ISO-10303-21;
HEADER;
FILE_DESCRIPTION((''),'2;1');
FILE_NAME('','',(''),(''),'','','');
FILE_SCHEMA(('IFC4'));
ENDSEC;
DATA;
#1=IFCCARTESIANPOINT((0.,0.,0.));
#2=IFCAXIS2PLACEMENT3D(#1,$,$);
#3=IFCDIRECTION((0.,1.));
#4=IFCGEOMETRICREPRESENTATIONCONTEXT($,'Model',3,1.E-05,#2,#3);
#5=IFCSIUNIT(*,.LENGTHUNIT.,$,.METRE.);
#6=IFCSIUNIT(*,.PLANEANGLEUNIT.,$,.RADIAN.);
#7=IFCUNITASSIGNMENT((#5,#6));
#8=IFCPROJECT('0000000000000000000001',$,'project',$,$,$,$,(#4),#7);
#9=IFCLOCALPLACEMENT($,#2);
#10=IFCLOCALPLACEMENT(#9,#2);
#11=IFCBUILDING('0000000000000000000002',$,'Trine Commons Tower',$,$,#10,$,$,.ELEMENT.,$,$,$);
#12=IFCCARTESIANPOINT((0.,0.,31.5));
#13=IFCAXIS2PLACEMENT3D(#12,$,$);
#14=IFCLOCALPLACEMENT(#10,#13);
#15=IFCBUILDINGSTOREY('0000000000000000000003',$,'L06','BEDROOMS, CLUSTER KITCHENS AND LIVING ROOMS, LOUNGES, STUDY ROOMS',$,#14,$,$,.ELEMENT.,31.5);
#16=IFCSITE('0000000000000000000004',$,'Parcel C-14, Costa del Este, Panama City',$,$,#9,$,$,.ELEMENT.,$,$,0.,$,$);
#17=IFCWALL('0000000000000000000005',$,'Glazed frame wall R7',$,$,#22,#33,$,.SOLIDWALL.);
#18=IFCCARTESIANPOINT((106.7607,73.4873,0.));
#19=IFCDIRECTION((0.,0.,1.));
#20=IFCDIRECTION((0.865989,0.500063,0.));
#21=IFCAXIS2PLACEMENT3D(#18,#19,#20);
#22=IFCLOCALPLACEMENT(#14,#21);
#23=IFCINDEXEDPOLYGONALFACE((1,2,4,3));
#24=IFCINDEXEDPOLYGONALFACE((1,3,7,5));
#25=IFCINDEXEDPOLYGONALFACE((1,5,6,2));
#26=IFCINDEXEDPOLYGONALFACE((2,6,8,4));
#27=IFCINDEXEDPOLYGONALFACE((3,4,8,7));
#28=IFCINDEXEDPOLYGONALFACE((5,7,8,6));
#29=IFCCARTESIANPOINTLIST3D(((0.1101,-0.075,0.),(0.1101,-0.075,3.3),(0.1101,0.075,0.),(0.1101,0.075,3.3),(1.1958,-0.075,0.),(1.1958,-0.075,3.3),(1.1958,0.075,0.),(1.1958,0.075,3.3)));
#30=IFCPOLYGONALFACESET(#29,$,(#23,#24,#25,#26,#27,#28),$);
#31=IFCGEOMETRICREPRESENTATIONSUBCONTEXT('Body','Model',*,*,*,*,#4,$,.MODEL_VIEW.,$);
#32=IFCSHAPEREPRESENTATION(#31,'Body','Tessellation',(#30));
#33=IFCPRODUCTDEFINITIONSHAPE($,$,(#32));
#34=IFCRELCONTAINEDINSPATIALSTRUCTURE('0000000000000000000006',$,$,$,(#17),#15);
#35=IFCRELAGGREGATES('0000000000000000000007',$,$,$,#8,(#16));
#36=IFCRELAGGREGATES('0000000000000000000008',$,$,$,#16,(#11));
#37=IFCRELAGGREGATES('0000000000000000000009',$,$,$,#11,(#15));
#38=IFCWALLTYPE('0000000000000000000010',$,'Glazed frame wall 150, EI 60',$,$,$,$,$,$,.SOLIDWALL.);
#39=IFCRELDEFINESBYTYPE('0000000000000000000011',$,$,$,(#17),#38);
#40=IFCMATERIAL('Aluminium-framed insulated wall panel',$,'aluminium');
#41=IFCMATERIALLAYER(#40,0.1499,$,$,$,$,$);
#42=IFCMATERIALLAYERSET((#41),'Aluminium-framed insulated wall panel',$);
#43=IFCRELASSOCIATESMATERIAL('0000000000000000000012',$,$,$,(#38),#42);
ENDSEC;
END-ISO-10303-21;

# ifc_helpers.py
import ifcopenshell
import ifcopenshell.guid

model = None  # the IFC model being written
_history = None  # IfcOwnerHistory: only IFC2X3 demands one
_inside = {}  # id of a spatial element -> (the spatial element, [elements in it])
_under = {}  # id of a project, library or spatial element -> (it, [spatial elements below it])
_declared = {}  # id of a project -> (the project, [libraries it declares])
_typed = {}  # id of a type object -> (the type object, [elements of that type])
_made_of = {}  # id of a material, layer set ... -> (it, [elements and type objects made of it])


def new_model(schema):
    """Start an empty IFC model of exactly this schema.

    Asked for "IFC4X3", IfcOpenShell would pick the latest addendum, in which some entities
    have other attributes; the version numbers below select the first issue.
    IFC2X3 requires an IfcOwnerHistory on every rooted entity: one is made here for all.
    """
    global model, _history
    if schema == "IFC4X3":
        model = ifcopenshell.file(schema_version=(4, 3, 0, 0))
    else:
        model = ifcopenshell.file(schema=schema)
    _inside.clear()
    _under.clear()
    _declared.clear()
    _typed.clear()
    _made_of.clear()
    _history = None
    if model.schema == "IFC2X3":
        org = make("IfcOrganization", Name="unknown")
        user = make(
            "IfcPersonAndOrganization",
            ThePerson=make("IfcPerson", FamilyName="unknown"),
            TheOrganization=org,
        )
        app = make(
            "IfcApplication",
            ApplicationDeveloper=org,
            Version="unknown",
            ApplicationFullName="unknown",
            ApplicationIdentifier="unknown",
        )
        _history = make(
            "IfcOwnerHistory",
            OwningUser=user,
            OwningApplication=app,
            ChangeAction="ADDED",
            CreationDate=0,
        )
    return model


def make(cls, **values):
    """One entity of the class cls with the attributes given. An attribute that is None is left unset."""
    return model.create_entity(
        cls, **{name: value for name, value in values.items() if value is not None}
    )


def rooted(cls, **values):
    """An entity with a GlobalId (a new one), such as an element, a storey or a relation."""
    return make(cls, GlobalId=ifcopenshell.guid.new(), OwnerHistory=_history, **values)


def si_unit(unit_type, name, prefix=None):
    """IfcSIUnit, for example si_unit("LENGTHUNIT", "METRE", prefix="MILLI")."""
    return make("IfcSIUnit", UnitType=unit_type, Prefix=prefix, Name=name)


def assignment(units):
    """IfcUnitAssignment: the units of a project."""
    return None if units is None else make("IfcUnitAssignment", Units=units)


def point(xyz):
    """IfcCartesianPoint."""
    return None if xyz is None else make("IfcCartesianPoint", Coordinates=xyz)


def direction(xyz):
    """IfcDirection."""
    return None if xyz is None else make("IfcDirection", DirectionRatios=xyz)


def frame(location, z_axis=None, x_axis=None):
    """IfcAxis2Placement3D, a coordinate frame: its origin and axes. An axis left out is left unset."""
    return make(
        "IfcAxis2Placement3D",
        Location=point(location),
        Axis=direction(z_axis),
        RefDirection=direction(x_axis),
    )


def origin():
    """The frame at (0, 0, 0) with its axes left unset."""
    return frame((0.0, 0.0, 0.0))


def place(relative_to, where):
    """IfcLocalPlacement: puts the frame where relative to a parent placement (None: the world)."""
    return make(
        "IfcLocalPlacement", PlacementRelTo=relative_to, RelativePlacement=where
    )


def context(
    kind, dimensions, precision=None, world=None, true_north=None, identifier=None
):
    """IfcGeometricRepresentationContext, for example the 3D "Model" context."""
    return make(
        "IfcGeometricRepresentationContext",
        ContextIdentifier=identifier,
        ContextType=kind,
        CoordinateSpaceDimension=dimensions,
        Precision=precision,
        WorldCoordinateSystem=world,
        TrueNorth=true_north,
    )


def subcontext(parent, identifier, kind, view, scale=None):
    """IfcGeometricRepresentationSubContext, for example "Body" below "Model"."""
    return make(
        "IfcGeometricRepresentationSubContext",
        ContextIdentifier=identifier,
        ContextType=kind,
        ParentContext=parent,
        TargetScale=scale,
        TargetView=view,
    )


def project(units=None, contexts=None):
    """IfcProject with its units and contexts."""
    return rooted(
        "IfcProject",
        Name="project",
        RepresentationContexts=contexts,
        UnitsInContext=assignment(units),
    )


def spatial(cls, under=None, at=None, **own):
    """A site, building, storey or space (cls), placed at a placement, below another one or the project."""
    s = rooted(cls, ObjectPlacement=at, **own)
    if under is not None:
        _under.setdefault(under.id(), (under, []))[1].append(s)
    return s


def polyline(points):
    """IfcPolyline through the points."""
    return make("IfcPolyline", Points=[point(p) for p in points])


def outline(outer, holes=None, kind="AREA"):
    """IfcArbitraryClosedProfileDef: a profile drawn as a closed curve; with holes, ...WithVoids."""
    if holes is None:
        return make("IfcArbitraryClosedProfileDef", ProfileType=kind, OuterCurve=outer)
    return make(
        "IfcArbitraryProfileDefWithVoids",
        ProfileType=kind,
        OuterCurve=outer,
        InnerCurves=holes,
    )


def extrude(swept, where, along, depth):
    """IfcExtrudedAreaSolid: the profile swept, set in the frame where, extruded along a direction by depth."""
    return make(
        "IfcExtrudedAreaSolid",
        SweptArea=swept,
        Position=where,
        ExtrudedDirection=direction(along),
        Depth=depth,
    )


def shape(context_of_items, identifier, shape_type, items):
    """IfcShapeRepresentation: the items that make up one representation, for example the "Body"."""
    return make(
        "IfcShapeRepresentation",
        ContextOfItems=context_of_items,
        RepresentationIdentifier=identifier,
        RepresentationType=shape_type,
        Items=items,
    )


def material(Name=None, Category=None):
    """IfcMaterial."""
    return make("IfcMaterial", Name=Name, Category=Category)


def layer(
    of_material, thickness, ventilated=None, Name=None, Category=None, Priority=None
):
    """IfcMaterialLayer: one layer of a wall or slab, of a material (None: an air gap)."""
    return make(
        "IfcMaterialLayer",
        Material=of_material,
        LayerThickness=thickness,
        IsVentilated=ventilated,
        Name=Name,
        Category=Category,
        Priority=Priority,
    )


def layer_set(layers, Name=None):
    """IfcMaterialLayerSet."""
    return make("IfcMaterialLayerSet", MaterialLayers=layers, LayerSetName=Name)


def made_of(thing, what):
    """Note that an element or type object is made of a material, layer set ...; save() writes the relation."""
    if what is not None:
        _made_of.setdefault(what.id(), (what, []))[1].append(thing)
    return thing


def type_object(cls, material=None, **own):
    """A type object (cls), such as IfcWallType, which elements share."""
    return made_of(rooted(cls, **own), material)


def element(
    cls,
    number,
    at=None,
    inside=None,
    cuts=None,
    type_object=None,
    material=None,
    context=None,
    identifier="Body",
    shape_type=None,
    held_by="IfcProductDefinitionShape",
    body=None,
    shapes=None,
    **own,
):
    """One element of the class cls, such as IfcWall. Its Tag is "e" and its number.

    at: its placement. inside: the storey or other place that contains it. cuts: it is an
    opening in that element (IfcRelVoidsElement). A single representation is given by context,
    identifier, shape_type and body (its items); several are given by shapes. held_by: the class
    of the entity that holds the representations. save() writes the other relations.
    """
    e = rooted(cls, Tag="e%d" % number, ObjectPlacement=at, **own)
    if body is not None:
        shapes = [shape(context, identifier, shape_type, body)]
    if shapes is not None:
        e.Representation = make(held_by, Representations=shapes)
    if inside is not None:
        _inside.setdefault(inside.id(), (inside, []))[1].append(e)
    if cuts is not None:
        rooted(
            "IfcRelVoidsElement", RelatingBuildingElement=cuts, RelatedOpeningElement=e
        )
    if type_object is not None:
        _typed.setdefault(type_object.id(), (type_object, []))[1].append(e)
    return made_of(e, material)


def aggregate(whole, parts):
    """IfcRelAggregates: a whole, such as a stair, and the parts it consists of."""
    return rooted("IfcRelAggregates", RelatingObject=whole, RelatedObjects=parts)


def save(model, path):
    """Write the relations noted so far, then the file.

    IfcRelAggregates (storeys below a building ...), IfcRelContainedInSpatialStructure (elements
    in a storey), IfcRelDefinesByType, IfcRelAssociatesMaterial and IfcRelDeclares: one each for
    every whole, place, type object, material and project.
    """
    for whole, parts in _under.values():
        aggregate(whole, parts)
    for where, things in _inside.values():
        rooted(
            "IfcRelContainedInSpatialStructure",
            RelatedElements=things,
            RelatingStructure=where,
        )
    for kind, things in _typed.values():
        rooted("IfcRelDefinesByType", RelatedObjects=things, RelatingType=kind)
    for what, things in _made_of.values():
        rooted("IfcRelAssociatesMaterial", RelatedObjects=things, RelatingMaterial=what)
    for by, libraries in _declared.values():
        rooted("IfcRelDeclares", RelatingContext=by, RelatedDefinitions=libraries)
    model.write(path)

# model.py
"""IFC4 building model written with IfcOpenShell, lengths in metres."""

from ifc_helpers import new_model, si_unit, direction, frame, origin, place, context, subcontext, project, spatial, polyline, outline, extrude, material, layer, layer_set, type_object, element, save


model = new_model("IFC4")

# Units and contexts
model_context = context("Model", 3, precision=1e-05, world=origin(), true_north=direction((0.0, 1.0)))
body_context = subcontext(model_context, "Body", "Model", "MODEL_VIEW")
ifc_project = project(units=[si_unit("LENGTHUNIT", "METRE"), si_unit("PLANEANGLEUNIT", "RADIAN")], contexts=[model_context])

# Site, building, storey
site_placement = place(None, origin())
site = spatial("IfcSite", under=ifc_project, at=site_placement, Name="Parcel C-14, Costa del Este, Panama City", CompositionType="ELEMENT", RefElevation=0.0)
building_placement = place(site_placement, origin())
building = spatial("IfcBuilding", under=site, at=building_placement, Name="Trine Commons Tower", CompositionType="ELEMENT")
storey_placement = place(building_placement, frame((0.0, 0.0, 31.5)))
storey = spatial("IfcBuildingStorey", under=building, at=storey_placement, Name="L06", Description="BEDROOMS, CLUSTER KITCHENS AND LIVING ROOMS, LOUNGES, STUDY ROOMS", CompositionType="ELEMENT", Elevation=31.5)

# Wall
ifc_material_1 = material(Name="Aluminium-framed insulated wall panel", Category="aluminium")
ifc_layer_1 = layer(ifc_material_1, 0.1499)
ifc_layer_set_1 = layer_set([ifc_layer_1], Name="Aluminium-framed insulated wall panel")
wall_type_1 = type_object("IfcWallType", Name="Glazed frame wall 150, EI 60", PredefinedType="SOLIDWALL", material=ifc_layer_set_1)
wall_1_placement = place(storey_placement, frame((106.7607, 73.4873, 0.0), z_axis=(0.0, 0.0, 1.0), x_axis=(0.865989, 0.500063, 0.0)))
element("IfcWall", 1, at=wall_1_placement, inside=storey, type_object=wall_type_1, Name="Glazed frame wall R7", PredefinedType="SOLIDWALL", context=body_context, shape_type="SweptSolid", body=[
    extrude(outline(polyline([(0.1101, 0.075), (0.1101, -0.075), (1.1958, -0.075), (1.1958, 0.075), (0.1101, 0.075)])), origin(), (0.0, 0.0, 1.0), 3.3),
])

save(model, "model.ifc")
